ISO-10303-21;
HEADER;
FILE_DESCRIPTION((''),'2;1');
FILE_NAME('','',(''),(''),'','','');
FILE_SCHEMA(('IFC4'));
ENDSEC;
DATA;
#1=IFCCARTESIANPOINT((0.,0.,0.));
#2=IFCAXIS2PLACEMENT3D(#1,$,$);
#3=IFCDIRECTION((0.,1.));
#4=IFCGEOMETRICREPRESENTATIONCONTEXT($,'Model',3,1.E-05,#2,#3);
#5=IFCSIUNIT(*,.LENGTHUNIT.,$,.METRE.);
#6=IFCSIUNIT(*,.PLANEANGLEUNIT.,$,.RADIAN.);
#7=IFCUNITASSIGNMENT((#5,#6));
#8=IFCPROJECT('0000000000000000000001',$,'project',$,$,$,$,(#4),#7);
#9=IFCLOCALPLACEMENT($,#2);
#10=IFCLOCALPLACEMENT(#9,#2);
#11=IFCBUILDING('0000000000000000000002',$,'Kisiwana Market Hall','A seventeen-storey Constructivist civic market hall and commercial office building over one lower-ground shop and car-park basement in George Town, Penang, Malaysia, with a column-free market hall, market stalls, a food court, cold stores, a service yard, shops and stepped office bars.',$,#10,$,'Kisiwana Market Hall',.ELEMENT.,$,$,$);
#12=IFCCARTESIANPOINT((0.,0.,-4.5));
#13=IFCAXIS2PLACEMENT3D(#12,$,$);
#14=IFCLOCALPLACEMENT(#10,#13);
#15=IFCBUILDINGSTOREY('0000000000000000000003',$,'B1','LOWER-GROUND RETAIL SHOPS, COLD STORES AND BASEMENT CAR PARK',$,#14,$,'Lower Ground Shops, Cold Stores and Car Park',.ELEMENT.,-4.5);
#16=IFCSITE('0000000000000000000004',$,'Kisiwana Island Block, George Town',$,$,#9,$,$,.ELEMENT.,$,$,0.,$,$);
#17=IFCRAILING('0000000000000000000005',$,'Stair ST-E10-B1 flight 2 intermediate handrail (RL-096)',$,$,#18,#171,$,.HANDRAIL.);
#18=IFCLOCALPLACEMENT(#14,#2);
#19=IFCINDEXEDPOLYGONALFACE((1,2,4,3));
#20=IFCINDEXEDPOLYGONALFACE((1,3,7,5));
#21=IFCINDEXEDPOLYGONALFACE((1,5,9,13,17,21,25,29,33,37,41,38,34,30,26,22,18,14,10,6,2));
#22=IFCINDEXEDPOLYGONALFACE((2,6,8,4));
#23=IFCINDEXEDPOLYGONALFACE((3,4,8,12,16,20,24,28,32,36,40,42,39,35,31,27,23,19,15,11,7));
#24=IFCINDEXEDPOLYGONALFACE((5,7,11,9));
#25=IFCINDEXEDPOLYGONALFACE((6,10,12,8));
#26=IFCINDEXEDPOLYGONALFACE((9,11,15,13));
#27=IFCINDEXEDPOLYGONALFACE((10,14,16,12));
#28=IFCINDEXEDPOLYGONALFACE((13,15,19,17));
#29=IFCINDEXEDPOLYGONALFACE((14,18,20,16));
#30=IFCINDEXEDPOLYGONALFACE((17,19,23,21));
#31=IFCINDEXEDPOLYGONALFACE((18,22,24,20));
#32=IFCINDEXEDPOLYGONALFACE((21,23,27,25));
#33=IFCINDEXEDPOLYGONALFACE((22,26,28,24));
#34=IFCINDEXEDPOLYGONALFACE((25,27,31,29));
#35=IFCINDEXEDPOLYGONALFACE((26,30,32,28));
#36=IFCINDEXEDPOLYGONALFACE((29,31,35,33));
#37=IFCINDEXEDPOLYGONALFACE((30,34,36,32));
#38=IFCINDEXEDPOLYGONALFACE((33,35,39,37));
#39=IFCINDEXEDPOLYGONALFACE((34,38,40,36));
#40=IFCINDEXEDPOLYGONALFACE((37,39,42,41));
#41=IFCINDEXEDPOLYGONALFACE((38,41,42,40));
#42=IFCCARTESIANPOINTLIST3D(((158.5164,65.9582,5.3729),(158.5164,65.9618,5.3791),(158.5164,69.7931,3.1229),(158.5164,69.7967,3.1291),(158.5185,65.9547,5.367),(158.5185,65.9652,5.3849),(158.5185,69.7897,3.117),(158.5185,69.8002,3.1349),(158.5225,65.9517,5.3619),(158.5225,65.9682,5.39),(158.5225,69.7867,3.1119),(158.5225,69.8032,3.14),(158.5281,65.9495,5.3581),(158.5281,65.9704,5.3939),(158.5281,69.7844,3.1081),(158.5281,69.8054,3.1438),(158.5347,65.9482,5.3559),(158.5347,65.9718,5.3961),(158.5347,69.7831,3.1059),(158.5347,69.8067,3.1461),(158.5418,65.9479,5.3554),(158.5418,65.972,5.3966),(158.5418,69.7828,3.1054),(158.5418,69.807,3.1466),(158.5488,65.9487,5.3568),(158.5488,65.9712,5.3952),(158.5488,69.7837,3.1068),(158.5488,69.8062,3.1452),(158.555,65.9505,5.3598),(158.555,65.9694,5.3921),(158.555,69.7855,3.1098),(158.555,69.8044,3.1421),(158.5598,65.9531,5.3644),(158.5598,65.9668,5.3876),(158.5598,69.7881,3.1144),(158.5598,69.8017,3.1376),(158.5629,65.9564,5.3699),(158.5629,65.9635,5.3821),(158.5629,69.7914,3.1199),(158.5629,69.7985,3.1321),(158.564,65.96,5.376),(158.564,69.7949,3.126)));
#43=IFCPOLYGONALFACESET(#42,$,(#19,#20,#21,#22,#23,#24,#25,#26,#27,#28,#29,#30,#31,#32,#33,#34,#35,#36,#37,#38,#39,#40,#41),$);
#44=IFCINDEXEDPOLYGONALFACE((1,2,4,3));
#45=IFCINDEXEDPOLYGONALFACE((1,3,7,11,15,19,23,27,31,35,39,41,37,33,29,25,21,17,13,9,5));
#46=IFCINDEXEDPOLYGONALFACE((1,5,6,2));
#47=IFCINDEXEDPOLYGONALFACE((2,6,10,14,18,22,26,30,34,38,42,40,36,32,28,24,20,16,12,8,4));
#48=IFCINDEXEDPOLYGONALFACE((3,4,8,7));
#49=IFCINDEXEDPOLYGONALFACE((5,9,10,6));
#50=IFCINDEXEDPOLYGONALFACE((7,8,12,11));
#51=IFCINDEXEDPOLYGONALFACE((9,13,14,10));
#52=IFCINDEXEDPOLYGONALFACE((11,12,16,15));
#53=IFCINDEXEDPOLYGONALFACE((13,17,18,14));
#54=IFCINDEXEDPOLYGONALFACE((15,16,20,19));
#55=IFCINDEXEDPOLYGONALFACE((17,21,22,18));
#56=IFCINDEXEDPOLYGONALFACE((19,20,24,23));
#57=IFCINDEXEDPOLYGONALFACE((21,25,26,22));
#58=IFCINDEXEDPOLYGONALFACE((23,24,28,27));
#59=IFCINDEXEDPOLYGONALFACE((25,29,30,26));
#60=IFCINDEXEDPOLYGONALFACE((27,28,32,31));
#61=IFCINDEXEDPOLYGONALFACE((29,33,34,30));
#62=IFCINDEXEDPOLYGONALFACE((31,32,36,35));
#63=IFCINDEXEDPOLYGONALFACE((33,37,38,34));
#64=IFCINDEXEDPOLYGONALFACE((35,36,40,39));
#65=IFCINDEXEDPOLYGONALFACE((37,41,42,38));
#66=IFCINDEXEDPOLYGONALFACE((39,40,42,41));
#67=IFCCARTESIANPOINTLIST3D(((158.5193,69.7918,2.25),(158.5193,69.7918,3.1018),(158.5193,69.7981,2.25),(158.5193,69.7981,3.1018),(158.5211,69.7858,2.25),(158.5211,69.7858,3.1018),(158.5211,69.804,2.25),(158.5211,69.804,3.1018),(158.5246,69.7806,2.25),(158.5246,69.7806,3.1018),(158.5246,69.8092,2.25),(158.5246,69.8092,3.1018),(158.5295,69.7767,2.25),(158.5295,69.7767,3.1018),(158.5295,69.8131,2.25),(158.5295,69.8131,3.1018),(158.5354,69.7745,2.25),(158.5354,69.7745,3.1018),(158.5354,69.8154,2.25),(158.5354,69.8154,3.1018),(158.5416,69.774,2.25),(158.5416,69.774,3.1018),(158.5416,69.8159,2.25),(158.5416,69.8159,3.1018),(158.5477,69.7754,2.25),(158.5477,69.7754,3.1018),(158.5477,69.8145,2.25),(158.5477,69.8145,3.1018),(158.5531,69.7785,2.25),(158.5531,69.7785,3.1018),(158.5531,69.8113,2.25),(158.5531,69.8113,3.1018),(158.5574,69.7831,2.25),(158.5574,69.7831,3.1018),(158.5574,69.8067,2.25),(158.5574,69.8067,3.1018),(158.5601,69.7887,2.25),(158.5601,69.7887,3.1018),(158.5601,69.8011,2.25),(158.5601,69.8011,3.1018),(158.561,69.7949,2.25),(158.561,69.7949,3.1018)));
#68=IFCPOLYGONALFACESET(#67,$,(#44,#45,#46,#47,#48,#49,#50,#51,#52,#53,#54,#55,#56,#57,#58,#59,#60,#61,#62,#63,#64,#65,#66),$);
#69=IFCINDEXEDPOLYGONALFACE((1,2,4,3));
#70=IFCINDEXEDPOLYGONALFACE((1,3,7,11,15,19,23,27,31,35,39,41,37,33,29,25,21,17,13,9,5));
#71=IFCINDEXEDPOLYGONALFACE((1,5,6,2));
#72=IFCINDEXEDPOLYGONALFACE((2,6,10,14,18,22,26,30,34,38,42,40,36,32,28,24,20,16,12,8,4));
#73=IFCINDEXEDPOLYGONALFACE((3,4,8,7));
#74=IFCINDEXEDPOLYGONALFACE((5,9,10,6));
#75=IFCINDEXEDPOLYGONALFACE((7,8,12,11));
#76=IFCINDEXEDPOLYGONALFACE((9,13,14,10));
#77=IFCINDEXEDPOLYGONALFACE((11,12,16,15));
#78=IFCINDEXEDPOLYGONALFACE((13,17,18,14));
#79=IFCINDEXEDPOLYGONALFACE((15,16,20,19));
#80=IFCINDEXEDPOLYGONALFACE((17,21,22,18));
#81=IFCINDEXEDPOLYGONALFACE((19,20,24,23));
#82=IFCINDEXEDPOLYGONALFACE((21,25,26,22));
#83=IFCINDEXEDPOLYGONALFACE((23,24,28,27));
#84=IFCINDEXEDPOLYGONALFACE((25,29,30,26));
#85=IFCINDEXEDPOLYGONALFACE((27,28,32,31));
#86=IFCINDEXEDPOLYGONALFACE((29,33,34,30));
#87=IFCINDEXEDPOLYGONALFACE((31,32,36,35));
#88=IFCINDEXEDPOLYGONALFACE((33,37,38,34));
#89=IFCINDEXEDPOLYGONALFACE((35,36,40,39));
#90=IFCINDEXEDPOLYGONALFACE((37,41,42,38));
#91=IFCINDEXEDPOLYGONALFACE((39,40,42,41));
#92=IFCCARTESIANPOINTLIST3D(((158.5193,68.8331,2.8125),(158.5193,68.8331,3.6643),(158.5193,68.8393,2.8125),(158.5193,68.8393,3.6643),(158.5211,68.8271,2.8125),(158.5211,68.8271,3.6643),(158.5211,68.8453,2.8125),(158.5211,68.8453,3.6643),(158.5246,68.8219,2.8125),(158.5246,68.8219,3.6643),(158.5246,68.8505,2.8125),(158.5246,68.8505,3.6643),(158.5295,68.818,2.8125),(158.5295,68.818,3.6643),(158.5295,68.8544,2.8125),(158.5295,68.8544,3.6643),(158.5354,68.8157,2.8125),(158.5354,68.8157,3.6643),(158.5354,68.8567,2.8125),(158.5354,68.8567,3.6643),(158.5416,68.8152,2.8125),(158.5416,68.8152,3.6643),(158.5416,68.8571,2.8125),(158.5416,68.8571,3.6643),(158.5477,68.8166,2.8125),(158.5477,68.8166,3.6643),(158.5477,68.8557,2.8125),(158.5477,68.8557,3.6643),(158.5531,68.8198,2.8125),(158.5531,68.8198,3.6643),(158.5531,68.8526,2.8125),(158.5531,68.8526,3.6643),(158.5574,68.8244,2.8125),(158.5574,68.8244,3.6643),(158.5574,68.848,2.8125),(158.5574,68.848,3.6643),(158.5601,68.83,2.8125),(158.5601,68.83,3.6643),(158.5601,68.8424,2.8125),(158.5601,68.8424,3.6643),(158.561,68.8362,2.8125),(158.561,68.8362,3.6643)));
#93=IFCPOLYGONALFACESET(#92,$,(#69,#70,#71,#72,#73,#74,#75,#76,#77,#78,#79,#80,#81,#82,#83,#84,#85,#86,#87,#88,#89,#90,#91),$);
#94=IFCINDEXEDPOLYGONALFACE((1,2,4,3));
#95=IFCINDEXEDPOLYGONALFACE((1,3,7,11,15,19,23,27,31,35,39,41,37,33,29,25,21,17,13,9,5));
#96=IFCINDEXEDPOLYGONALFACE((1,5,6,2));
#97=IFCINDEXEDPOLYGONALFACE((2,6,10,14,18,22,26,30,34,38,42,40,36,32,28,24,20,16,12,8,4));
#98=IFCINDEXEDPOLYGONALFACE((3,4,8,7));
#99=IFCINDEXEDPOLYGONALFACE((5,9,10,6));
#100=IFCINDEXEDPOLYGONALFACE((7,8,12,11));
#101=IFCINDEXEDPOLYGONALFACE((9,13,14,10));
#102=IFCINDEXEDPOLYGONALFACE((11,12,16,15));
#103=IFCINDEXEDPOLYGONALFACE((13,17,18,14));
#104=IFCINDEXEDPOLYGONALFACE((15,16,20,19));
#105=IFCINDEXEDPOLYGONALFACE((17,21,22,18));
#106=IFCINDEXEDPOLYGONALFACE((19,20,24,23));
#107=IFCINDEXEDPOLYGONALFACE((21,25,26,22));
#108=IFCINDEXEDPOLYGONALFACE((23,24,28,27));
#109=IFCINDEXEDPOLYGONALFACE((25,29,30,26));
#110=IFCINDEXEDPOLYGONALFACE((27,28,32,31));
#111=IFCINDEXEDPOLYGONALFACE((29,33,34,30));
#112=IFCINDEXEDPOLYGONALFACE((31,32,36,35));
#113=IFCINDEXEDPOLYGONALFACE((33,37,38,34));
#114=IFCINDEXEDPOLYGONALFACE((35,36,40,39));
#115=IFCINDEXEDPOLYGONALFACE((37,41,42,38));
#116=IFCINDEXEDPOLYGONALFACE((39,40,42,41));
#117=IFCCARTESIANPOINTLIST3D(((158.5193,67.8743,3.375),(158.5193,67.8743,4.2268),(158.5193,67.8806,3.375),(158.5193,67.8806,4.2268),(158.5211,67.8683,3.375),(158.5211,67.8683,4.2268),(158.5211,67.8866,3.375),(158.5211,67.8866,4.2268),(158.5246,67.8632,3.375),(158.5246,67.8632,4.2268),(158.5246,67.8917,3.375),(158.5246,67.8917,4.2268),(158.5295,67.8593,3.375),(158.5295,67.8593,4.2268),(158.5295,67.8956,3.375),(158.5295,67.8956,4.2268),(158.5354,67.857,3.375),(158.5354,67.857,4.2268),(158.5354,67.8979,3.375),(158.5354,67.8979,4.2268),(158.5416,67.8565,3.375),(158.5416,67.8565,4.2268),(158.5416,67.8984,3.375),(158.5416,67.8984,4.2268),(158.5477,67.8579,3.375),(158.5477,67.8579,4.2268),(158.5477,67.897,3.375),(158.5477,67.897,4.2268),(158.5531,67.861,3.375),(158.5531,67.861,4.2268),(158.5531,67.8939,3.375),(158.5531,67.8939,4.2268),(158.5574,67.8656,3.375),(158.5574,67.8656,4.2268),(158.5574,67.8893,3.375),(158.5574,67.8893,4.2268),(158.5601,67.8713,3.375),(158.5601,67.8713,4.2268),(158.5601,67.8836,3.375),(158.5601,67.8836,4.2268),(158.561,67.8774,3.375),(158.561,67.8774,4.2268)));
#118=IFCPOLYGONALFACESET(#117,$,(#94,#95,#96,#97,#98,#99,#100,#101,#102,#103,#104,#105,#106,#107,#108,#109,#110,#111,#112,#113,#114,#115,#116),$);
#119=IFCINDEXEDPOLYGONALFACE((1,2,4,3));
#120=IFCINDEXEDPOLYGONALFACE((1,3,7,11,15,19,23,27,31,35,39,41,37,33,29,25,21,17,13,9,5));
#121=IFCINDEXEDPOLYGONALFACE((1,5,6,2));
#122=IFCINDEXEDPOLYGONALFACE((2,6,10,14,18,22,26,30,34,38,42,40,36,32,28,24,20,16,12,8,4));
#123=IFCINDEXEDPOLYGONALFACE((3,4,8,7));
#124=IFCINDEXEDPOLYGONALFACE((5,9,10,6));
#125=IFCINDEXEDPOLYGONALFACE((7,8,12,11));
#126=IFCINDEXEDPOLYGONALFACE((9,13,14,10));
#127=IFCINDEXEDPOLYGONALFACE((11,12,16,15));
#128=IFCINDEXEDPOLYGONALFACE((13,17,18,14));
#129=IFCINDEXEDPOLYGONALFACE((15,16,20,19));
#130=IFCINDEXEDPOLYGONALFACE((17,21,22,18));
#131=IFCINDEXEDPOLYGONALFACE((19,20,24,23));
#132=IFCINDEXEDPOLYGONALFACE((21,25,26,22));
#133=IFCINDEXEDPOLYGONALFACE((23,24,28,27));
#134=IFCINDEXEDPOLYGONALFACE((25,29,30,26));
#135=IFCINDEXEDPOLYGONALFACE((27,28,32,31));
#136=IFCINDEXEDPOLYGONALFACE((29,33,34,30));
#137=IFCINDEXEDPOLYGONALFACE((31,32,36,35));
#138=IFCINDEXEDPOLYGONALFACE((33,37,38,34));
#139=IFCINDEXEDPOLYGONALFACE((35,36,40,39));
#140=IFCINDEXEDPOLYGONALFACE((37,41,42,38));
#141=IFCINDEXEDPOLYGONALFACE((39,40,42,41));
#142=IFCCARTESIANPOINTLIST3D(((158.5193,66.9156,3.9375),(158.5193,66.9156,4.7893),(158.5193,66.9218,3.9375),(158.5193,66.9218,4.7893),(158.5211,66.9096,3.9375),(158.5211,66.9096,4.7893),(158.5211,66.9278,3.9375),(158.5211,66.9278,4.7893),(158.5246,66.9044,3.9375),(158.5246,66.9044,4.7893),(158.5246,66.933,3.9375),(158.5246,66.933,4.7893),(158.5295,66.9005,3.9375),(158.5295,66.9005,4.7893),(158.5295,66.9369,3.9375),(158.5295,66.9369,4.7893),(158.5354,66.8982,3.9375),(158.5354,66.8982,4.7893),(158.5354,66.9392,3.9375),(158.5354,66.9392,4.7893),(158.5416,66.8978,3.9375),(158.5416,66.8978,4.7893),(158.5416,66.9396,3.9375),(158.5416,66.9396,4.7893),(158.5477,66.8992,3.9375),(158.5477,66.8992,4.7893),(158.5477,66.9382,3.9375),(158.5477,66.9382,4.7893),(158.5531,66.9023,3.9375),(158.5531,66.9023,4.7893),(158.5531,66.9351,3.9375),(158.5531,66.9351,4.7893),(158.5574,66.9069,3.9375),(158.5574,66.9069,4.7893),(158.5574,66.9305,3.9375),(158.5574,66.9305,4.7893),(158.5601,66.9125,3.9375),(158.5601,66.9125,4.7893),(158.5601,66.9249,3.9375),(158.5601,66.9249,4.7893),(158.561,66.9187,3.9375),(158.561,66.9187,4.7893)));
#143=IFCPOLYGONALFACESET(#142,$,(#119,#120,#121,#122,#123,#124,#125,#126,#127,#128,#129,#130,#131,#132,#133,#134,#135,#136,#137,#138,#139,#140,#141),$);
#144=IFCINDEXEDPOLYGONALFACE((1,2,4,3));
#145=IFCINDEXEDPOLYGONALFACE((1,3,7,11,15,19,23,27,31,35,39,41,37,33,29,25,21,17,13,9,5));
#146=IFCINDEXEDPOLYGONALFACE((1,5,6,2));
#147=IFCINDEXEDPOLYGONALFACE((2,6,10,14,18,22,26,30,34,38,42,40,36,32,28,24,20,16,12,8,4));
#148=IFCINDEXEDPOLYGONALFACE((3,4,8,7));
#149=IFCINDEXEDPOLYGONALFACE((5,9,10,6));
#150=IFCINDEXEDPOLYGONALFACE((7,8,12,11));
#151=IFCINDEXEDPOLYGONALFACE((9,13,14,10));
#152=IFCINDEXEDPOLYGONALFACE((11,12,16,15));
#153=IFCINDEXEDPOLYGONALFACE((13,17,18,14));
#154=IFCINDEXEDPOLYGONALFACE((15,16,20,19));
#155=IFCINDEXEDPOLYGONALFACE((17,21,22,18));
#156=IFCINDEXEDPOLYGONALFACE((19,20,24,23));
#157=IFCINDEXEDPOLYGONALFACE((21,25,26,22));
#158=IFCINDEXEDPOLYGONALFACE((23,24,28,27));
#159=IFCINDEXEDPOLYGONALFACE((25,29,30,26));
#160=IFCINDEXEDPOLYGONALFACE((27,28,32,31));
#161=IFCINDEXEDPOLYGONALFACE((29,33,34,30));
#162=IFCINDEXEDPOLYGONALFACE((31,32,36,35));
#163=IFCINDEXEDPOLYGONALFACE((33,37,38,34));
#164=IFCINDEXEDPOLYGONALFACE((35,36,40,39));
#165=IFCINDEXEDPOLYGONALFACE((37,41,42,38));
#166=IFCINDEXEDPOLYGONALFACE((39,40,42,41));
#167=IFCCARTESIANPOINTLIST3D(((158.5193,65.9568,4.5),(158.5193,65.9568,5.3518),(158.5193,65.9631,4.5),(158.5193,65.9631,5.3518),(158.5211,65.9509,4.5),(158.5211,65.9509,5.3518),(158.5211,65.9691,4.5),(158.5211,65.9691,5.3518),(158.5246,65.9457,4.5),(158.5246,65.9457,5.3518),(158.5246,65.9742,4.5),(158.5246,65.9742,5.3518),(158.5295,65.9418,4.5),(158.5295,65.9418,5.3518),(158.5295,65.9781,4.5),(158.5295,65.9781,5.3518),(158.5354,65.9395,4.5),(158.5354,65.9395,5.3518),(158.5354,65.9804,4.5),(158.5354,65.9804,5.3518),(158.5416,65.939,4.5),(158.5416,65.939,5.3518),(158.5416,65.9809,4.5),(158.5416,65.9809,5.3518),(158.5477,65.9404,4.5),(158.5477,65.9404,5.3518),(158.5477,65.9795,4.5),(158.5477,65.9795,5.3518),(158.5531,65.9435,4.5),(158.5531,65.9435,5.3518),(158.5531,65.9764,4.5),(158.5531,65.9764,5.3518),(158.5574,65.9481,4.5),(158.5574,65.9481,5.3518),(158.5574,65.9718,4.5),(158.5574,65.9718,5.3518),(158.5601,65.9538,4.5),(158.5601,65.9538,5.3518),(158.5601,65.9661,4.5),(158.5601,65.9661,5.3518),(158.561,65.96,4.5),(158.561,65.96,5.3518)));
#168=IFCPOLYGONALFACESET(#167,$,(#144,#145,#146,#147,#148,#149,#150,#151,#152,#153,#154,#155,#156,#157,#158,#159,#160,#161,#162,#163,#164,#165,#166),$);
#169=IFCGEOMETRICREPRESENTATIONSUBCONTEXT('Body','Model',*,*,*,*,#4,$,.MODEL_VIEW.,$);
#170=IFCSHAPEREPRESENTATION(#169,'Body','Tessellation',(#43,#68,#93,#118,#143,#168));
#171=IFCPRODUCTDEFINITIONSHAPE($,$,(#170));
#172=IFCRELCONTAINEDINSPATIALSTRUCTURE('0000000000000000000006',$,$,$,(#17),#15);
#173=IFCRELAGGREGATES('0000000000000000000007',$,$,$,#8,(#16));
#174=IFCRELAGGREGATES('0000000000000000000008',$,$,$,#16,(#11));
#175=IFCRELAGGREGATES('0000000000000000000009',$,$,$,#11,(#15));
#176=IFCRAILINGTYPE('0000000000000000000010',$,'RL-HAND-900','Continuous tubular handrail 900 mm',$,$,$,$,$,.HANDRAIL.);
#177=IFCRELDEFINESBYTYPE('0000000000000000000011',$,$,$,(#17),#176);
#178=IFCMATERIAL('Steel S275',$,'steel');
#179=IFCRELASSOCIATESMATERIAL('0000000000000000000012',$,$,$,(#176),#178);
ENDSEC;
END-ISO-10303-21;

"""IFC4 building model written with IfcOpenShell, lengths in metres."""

from ifc_helpers import new_model, si_unit, direction, frame, origin, origin_2d, place, context, subcontext, project, spatial, circle, extrude, material, type_object, element, save


model = new_model("IFC4")

# Units and contexts
model_context = context("Model", 3, precision=1e-05, world=origin(), true_north=direction((0.0, 1.0)))
body_context = subcontext(model_context, "Body", "Model", "MODEL_VIEW")
ifc_project = project(units=[si_unit("LENGTHUNIT", "METRE"), si_unit("PLANEANGLEUNIT", "RADIAN")], contexts=[model_context])

# Site, building, storey
site_placement = place(None, origin())
site = spatial("IfcSite", under=ifc_project, at=site_placement, Name="Kisiwana Island Block, George Town", CompositionType="ELEMENT", RefElevation=0.0)
building_placement = place(site_placement, origin())
building = spatial("IfcBuilding", under=site, at=building_placement, Name="Kisiwana Market Hall", Description="A seventeen-storey Constructivist civic market hall and commercial office building over one lower-ground shop and car-park basement in George Town, Penang, Malaysia, with a column-free market hall, market stalls, a food court, cold stores, a service yard, shops and stepped office bars.", LongName="Kisiwana Market Hall", CompositionType="ELEMENT")
storey_placement = place(building_placement, frame((0.0, 0.0, -4.5)))
storey = spatial("IfcBuildingStorey", under=building, at=storey_placement, Name="B1", Description="LOWER-GROUND RETAIL SHOPS, COLD STORES AND BASEMENT CAR PARK", LongName="Lower Ground Shops, Cold Stores and Car Park", CompositionType="ELEMENT", Elevation=-4.5)

# Railing
ifc_material_1 = material(Name="Steel S275", Category="steel")
railing_type_1 = type_object("IfcRailingType", Name="RL-HAND-900", Description="Continuous tubular handrail 900 mm", PredefinedType="HANDRAIL", material=ifc_material_1)
railing_1_placement = place(storey_placement, frame((158.54, 69.7949, 2.25)))
element("IfcRailing", 1, at=railing_1_placement, inside=storey, type_object=railing_type_1, Name="Stair ST-E10-B1 flight 2 intermediate handrail (RL-096)", PredefinedType="HANDRAIL", context=body_context, shape_type="SweptSolid", body=[
    extrude(circle(Radius=0.0239, at=origin_2d()), frame((0.0, 0.0, 0.876), z_axis=(0.0, -0.86251, 0.506041), x_axis=(1.0, 0.0, 0.0)), (0.0, 0.0, 1.0), 4.4463),
    extrude(circle(Radius=0.021, at=origin_2d()), origin(), (0.0, 0.0, 1.0), 0.8518),
    extrude(circle(Radius=0.021, at=origin_2d()), frame((0.0, -0.9587, 0.5625)), (0.0, 0.0, 1.0), 0.8518),
    extrude(circle(Radius=0.021, at=origin_2d()), frame((0.0, -1.9175, 1.125)), (0.0, 0.0, 1.0), 0.8518),
    extrude(circle(Radius=0.021, at=origin_2d()), frame((0.0, -2.8762, 1.6875)), (0.0, 0.0, 1.0), 0.8518),
    extrude(circle(Radius=0.021, at=origin_2d()), frame((0.0, -3.835, 2.25)), (0.0, 0.0, 1.0), 0.8518),
])

save(model, "model.ifc")
